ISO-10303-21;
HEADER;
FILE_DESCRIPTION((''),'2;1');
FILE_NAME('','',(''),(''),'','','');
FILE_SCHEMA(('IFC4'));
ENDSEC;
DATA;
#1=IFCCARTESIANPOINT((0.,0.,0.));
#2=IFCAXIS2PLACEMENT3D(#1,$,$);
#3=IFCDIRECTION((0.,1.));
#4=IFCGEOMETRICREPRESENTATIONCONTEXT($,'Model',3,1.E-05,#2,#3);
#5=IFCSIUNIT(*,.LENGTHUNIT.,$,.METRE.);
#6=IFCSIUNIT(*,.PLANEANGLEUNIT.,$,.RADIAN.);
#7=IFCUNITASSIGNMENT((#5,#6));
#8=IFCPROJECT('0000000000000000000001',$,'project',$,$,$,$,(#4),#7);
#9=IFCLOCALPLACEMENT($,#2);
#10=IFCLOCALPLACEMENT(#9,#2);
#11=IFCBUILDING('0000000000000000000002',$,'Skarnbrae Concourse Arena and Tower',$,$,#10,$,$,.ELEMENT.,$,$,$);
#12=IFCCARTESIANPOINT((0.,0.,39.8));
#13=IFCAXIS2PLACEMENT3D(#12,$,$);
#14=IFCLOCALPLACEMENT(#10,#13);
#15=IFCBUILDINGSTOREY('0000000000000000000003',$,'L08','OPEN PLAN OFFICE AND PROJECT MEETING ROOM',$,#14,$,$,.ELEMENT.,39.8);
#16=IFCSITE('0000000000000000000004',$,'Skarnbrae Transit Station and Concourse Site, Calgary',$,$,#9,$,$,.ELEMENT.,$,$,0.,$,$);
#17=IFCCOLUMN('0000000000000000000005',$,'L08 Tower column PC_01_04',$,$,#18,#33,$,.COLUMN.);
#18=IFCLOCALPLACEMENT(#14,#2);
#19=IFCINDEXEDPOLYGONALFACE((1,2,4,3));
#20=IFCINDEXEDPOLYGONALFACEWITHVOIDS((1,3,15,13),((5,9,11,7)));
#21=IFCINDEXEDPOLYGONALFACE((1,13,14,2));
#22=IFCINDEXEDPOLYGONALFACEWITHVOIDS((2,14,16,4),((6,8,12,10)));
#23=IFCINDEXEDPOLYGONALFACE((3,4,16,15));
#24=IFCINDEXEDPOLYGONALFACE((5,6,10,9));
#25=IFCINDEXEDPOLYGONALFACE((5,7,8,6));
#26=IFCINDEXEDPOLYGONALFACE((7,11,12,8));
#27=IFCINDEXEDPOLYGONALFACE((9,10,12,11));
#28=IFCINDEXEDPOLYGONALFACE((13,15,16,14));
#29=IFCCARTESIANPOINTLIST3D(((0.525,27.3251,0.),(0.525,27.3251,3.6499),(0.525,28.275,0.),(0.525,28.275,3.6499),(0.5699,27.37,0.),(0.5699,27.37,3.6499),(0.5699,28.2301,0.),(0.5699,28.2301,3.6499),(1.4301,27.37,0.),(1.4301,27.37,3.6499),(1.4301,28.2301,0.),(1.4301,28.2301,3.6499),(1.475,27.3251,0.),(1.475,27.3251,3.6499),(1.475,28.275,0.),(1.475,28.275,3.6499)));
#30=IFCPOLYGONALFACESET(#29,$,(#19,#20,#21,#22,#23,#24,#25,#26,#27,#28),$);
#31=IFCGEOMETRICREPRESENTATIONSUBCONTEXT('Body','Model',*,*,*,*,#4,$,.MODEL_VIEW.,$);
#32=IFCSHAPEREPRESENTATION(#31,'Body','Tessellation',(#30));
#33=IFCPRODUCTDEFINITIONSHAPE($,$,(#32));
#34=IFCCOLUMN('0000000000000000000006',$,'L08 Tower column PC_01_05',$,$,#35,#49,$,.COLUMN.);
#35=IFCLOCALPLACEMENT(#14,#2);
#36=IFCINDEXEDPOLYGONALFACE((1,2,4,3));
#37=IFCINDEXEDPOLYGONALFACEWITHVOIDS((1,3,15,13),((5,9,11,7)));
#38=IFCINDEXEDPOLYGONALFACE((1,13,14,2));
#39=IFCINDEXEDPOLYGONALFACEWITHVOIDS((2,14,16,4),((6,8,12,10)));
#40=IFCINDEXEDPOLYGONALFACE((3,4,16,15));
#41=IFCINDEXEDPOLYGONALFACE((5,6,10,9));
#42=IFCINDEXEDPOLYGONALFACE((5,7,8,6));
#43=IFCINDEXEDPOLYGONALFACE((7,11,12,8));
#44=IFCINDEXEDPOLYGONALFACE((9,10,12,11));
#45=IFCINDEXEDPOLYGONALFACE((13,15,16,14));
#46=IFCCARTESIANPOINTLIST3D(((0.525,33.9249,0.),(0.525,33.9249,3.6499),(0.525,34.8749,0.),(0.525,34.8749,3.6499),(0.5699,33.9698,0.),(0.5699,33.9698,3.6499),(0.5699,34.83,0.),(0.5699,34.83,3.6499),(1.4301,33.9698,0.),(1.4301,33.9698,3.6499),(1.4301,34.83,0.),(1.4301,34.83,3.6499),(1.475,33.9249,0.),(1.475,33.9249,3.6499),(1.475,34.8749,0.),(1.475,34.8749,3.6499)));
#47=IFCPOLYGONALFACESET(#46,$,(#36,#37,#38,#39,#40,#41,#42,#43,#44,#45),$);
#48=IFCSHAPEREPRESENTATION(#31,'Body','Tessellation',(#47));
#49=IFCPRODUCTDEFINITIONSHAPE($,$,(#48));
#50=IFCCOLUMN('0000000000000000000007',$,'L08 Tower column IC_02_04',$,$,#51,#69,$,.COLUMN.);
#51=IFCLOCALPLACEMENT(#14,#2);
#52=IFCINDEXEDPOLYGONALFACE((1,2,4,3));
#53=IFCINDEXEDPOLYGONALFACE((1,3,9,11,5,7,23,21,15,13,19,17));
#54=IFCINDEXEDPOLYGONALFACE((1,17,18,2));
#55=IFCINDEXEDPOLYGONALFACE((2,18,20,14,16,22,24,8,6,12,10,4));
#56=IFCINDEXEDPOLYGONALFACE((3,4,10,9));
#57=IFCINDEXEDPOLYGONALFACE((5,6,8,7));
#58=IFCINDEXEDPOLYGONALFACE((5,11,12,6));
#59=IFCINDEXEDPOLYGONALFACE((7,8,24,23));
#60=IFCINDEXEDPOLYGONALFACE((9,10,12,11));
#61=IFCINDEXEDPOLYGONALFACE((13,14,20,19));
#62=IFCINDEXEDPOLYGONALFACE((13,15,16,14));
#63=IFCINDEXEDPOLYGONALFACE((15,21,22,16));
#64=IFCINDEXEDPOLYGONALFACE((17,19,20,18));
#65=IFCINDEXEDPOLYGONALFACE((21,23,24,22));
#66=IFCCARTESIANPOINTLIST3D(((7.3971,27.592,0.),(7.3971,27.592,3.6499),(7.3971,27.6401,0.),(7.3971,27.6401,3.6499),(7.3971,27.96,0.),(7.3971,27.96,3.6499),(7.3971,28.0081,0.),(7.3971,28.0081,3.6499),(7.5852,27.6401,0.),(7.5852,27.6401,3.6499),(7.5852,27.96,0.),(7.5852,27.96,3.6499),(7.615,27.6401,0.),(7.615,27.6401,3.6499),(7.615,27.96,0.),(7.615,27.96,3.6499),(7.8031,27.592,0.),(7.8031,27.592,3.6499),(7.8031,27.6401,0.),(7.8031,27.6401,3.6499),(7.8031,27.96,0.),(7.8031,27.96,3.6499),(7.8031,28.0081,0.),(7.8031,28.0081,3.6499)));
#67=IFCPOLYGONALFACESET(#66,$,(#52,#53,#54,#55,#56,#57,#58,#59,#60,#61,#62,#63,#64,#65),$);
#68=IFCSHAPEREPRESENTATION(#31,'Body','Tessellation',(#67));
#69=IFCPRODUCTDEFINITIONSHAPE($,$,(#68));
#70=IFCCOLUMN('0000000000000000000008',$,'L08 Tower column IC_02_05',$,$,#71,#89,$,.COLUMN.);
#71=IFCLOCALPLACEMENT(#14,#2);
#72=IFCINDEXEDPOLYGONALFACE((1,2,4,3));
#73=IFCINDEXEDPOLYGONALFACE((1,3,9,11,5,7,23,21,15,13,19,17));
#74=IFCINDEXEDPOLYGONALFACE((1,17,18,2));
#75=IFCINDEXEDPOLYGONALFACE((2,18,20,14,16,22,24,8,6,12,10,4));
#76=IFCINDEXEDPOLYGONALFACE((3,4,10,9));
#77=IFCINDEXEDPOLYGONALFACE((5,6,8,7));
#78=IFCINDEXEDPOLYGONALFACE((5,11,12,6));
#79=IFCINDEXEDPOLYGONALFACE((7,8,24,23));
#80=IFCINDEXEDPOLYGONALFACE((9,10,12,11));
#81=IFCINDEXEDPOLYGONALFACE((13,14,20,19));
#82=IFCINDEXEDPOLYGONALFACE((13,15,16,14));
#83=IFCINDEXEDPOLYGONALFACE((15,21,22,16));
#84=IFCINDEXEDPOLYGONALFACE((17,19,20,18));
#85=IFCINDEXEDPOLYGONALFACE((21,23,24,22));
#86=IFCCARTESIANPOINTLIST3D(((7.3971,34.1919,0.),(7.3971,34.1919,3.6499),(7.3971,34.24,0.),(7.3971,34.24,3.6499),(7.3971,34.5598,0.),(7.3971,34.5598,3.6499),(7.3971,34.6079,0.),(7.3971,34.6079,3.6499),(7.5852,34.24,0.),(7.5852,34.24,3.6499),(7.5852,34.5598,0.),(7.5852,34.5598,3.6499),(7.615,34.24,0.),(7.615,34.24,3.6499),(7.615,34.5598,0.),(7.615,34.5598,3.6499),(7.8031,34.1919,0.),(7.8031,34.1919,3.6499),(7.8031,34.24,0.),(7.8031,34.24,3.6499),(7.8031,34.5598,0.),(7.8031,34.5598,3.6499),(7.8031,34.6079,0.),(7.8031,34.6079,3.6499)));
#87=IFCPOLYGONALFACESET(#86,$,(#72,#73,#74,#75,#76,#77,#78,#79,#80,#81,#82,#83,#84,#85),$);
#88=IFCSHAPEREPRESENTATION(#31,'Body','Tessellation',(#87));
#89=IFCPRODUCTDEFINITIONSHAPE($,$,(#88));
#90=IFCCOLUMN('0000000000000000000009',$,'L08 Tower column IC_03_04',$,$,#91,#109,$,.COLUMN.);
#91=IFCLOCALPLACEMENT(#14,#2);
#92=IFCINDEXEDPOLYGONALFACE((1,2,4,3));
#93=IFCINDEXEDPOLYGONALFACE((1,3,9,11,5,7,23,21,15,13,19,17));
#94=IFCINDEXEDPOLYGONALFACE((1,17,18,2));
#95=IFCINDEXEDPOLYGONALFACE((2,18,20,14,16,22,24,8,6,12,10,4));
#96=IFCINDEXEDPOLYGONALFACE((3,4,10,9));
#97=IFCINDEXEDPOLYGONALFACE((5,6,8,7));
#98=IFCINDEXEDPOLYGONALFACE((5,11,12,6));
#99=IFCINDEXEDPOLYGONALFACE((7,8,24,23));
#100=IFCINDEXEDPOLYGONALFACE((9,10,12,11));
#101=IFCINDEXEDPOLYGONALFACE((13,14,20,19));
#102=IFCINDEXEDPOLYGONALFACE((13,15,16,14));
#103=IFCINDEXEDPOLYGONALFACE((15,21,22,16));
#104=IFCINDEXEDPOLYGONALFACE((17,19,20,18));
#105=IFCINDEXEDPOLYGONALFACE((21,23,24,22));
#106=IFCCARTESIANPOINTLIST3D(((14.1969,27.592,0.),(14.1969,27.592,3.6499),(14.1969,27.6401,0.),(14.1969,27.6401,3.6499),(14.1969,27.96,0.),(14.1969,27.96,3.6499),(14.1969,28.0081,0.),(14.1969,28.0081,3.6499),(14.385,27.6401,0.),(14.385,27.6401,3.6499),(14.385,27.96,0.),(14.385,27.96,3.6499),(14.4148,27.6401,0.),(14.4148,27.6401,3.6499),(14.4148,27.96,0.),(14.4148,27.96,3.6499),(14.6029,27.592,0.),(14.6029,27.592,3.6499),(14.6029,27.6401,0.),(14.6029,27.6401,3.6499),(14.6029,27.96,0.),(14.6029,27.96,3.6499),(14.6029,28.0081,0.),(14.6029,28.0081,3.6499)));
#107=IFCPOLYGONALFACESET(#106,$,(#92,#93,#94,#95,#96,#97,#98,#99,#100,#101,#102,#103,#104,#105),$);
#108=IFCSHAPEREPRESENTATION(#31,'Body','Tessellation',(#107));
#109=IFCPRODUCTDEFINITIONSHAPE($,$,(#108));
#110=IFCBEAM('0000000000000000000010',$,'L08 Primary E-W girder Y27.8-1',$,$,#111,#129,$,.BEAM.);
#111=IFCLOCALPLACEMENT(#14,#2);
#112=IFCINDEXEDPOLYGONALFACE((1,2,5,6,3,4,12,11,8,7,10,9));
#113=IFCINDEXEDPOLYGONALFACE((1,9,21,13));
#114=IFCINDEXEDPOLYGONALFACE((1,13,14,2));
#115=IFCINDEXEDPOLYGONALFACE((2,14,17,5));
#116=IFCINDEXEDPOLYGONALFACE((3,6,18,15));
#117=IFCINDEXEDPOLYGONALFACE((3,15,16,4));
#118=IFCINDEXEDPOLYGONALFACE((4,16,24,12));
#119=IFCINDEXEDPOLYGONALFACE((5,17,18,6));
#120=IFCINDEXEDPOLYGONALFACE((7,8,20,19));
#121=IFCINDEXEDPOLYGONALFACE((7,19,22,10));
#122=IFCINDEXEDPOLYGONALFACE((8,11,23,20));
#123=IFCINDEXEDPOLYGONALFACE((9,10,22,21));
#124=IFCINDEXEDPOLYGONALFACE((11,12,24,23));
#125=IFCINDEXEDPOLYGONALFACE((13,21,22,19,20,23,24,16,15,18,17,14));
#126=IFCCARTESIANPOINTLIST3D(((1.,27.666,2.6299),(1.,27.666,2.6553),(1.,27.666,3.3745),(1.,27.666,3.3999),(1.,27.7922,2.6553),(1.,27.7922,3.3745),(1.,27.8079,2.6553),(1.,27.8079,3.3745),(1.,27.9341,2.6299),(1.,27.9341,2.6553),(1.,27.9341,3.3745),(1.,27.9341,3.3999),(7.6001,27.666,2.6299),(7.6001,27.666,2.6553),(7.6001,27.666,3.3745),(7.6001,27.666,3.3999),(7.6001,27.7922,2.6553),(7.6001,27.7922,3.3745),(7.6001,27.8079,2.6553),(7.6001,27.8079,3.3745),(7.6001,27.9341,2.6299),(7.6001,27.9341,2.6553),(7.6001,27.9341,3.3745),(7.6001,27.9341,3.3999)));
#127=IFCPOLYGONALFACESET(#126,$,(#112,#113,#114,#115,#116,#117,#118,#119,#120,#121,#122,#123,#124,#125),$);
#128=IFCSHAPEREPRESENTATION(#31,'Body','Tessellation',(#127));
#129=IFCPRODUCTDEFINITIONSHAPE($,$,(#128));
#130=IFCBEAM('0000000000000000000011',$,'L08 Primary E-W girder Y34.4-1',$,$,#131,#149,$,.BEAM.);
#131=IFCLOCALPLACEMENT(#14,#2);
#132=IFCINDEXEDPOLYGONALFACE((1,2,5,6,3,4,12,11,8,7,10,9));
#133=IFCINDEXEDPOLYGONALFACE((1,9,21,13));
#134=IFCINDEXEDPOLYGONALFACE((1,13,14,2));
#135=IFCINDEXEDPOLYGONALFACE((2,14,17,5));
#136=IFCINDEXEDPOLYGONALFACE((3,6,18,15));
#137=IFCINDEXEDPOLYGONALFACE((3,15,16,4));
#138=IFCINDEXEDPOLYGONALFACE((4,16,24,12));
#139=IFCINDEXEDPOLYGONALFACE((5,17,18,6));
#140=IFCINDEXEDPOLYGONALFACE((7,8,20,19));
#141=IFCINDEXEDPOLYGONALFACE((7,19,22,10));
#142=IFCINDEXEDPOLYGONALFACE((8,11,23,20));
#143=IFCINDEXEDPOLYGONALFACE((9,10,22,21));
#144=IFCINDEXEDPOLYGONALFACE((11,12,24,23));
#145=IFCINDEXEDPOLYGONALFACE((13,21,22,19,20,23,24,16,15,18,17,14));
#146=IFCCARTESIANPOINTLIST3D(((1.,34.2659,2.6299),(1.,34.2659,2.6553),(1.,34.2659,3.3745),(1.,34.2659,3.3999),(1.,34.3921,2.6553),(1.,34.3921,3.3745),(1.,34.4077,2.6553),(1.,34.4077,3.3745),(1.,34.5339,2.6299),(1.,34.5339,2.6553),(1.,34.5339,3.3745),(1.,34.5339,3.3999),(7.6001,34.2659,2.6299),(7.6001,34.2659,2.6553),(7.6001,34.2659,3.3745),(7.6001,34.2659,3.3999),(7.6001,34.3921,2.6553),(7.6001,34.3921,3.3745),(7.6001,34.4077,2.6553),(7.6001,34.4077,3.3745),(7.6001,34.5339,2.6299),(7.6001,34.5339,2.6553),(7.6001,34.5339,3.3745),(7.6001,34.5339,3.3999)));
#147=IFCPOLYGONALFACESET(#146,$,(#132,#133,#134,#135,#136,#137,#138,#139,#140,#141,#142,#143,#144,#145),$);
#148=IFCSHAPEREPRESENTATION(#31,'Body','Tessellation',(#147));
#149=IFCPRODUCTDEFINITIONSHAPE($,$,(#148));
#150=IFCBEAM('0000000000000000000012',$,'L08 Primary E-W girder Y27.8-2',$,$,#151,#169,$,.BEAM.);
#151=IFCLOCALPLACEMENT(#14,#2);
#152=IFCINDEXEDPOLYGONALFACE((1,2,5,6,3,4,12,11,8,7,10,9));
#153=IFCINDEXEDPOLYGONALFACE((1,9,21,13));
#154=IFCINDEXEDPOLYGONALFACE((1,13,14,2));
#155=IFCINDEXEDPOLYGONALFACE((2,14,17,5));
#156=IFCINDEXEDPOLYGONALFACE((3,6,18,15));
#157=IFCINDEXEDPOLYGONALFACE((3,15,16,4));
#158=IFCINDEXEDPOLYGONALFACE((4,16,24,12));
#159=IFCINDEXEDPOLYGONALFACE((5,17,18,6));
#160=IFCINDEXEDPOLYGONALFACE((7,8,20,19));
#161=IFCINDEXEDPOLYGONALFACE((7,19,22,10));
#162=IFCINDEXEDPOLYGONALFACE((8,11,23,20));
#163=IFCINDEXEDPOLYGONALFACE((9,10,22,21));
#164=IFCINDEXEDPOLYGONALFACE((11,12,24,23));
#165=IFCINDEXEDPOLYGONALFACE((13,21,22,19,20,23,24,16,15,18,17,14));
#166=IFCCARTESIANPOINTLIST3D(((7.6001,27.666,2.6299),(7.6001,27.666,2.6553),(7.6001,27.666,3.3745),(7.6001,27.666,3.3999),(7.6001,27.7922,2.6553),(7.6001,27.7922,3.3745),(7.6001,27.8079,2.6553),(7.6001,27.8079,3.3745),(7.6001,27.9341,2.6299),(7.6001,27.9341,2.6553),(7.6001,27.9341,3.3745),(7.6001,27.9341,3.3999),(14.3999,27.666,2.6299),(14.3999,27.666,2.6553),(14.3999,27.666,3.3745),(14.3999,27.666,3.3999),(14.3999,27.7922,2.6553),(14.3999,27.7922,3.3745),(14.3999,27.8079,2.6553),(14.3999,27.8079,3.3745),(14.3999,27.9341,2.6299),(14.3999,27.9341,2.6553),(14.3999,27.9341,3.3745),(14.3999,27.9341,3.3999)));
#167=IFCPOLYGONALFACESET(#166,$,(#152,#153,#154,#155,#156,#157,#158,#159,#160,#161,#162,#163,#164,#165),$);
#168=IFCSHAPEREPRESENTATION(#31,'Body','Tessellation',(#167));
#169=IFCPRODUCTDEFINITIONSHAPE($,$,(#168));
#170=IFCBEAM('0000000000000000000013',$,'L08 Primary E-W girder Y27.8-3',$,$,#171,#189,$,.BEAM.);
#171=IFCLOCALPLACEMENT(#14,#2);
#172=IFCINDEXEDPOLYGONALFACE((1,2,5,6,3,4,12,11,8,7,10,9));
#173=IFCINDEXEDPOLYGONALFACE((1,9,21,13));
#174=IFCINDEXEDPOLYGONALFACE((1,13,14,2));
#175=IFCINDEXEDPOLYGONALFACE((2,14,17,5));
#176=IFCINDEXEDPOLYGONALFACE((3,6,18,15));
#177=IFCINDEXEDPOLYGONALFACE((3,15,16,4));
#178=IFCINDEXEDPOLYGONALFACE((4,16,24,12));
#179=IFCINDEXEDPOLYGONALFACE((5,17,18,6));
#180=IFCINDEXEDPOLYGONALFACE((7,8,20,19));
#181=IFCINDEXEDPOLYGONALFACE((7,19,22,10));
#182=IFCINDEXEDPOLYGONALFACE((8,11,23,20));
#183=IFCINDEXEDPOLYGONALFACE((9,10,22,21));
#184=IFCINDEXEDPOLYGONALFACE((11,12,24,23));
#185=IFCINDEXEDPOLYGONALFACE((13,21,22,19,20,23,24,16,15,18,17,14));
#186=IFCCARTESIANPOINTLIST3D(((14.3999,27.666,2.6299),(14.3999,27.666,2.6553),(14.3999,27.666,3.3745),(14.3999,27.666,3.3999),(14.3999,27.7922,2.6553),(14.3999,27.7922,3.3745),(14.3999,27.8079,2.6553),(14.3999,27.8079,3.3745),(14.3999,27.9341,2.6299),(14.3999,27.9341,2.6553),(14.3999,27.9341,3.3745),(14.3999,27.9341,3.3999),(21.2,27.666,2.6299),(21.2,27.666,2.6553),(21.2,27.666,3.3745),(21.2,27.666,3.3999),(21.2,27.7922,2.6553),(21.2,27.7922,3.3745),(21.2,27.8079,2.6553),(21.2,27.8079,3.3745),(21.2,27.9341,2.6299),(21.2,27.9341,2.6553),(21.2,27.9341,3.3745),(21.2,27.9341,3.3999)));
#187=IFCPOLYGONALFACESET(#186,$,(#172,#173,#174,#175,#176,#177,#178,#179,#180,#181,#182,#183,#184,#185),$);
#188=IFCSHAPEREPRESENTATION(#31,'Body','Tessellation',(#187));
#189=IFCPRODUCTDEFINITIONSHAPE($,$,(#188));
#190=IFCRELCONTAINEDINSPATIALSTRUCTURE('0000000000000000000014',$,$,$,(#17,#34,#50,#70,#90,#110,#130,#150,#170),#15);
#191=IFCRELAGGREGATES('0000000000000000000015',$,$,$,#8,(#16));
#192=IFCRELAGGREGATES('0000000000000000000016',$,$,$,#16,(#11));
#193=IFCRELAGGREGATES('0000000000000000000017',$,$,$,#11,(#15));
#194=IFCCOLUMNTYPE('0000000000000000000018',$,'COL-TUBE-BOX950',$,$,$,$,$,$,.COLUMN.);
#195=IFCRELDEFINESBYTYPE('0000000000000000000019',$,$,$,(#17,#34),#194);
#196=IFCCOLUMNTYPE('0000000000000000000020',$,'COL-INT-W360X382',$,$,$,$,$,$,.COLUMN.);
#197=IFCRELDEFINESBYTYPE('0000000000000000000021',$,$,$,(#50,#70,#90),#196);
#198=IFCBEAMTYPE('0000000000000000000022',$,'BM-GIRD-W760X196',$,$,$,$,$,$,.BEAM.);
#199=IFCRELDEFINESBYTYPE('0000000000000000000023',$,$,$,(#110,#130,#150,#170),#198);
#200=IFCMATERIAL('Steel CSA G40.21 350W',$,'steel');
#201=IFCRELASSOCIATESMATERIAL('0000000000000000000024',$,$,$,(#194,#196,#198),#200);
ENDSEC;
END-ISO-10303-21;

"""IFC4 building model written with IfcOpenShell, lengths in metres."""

from ifc_helpers import new_model, si_unit, direction, frame, origin, origin_2d, place, context, subcontext, project, spatial, hollow_rectangle, i_section, extrude, source, transform, mapped, material, material_profile, profile_set, type_object, element, save


model = new_model("IFC4")

# Units and contexts
model_context = context("Model", 3, precision=1e-05, world=origin(), true_north=direction((0.0, 1.0)))
body_context = subcontext(model_context, "Body", "Model", "MODEL_VIEW")
ifc_project = project(units=[si_unit("LENGTHUNIT", "METRE"), si_unit("PLANEANGLEUNIT", "RADIAN")], contexts=[model_context])

# Site, building, storey
site_placement = place(None, origin())
site = spatial("IfcSite", under=ifc_project, at=site_placement, Name="Skarnbrae Transit Station and Concourse Site, Calgary", CompositionType="ELEMENT", RefElevation=0.0)
building_placement = place(site_placement, origin())
building = spatial("IfcBuilding", under=site, at=building_placement, Name="Skarnbrae Concourse Arena and Tower", CompositionType="ELEMENT")
storey_placement = place(building_placement, frame((0.0, 0.0, 39.8)))
storey = spatial("IfcBuildingStorey", under=building, at=storey_placement, Name="L08", Description="OPEN PLAN OFFICE AND PROJECT MEETING ROOM", CompositionType="ELEMENT", Elevation=39.8)

# Columns
ifc_material_1 = material(Name="Steel CSA G40.21 350W", Category="steel")
ifc_material_profile_1 = material_profile(ifc_material_1, hollow_rectangle(XDim=0.95, YDim=0.95, WallThickness=0.0449, at=origin_2d()), Name="BOX950X950X45")
ifc_profile_set_1 = profile_set([ifc_material_profile_1], Name="Steel CSA G40.21 350W")
column_type_1 = type_object("IfcColumnType", Name="COL-TUBE-BOX950", PredefinedType="COLUMN", material=ifc_profile_set_1)
shared_shape_1 = source(origin(), body_context, "Body", "SweptSolid", [
    extrude(hollow_rectangle(XDim=0.95, YDim=0.95, WallThickness=0.0449, at=origin_2d()), origin(), (0.0, 0.0, 1.0), 3.6499),
])
for number, where, z_axis, x_axis, name in (
    (1, (1.0, 27.8, 0.0), (0.0, 0.0, 1.0), (1.0, 0.0, 0.0), "L08 Tower column PC_01_04"),
    (2, (1.0, 34.3999, 0.0), (0.0, 0.0, 1.0), (1.0, 0.0, 0.0), "L08 Tower column PC_01_05"),
):
    element("IfcColumn", number, at=place(storey_placement, frame(where, z_axis=z_axis, x_axis=x_axis)), inside=storey, type_object=column_type_1, Name=name, PredefinedType="COLUMN", context=body_context, shape_type="MappedRepresentation", body=[
        mapped(shared_shape_1, transform((0.0, 0.0, 0.0))),
    ])
ifc_material_profile_2 = material_profile(ifc_material_1, i_section(OverallWidth=0.406, OverallDepth=0.416, WebThickness=0.0298, FlangeThickness=0.0481, at=origin_2d()), Name="W360X382")
ifc_profile_set_2 = profile_set([ifc_material_profile_2], Name="Steel CSA G40.21 350W")
column_type_2 = type_object("IfcColumnType", Name="COL-INT-W360X382", PredefinedType="COLUMN", material=ifc_profile_set_2)
shared_shape_2 = source(origin(), body_context, "Body", "SweptSolid", [
    extrude(i_section(OverallWidth=0.406, OverallDepth=0.416, WebThickness=0.0298, FlangeThickness=0.0481, at=origin_2d()), origin(), (0.0, 0.0, 1.0), 3.6499),
])
for number, where, z_axis, x_axis, name in (
    (3, (7.6001, 27.8, 0.0), (0.0, 0.0, 1.0), (1.0, 0.0, 0.0), "L08 Tower column IC_02_04"),
    (4, (7.6001, 34.3999, 0.0), (0.0, 0.0, 1.0), (1.0, 0.0, 0.0), "L08 Tower column IC_02_05"),
    (5, (14.3999, 27.8, 0.0), (0.0, 0.0, 1.0), (1.0, 0.0, 0.0), "L08 Tower column IC_03_04"),
):
    element("IfcColumn", number, at=place(storey_placement, frame(where, z_axis=z_axis, x_axis=x_axis)), inside=storey, type_object=column_type_2, Name=name, PredefinedType="COLUMN", context=body_context, shape_type="MappedRepresentation", body=[
        mapped(shared_shape_2, transform((0.0, 0.0, 0.0))),
    ])

# Beams
ifc_material_profile_3 = material_profile(ifc_material_1, i_section(OverallWidth=0.2681, OverallDepth=0.77, WebThickness=0.0156, FlangeThickness=0.0254, at=origin_2d()), Name="W760X196")
ifc_profile_set_3 = profile_set([ifc_material_profile_3], Name="Steel CSA G40.21 350W")
beam_type_1 = type_object("IfcBeamType", Name="BM-GIRD-W760X196", PredefinedType="BEAM", material=ifc_profile_set_3)
shared_shape_3 = source(origin(), body_context, "Body", "SweptSolid", [
    extrude(i_section(OverallWidth=0.2681, OverallDepth=0.77, WebThickness=0.0156, FlangeThickness=0.0254, at=origin_2d()), origin(), (0.0, 0.0, 1.0), 6.6001),
])
for number, where, z_axis, x_axis, name in (
    (6, (1.0, 27.8, 3.0149), (1.0, 0.0, 0.0), (0.0, 1.0, 0.0), "L08 Primary E-W girder Y27.8-1"),
    (7, (1.0, 34.3999, 3.0149), (1.0, 0.0, 0.0), (0.0, 1.0, 0.0), "L08 Primary E-W girder Y34.4-1"),
):
    element("IfcBeam", number, at=place(storey_placement, frame(where, z_axis=z_axis, x_axis=x_axis)), inside=storey, type_object=beam_type_1, Name=name, PredefinedType="BEAM", context=body_context, shape_type="MappedRepresentation", body=[
        mapped(shared_shape_3, transform((0.0, 0.0, 0.0))),
    ])
shared_shape_4 = source(origin(), body_context, "Body", "SweptSolid", [
    extrude(i_section(OverallWidth=0.2681, OverallDepth=0.77, WebThickness=0.0156, FlangeThickness=0.0254, at=origin_2d()), origin(), (0.0, 0.0, 1.0), 6.7998),
])
beam_1_placement = place(storey_placement, frame((7.6001, 27.8, 3.0149), z_axis=(1.0, 0.0, 0.0), x_axis=(0.0, 1.0, 0.0)))
element("IfcBeam", 8, at=beam_1_placement, inside=storey, type_object=beam_type_1, Name="L08 Primary E-W girder Y27.8-2", PredefinedType="BEAM", context=body_context, shape_type="MappedRepresentation", body=[
    mapped(shared_shape_4, transform((0.0, 0.0, 0.0))),
])
shared_shape_5 = source(origin(), body_context, "Body", "SweptSolid", [
    extrude(i_section(OverallWidth=0.2681, OverallDepth=0.77, WebThickness=0.0156, FlangeThickness=0.0254, at=origin_2d()), origin(), (0.0, 0.0, 1.0), 6.8),
])
beam_2_placement = place(storey_placement, frame((14.3999, 27.8, 3.0149), z_axis=(1.0, 0.0, 0.0), x_axis=(0.0, 1.0, 0.0)))
element("IfcBeam", 9, at=beam_2_placement, inside=storey, type_object=beam_type_1, Name="L08 Primary E-W girder Y27.8-3", PredefinedType="BEAM", context=body_context, shape_type="MappedRepresentation", body=[
    mapped(shared_shape_5, transform((0.0, 0.0, 0.0))),
])

save(model, "model.ifc")
